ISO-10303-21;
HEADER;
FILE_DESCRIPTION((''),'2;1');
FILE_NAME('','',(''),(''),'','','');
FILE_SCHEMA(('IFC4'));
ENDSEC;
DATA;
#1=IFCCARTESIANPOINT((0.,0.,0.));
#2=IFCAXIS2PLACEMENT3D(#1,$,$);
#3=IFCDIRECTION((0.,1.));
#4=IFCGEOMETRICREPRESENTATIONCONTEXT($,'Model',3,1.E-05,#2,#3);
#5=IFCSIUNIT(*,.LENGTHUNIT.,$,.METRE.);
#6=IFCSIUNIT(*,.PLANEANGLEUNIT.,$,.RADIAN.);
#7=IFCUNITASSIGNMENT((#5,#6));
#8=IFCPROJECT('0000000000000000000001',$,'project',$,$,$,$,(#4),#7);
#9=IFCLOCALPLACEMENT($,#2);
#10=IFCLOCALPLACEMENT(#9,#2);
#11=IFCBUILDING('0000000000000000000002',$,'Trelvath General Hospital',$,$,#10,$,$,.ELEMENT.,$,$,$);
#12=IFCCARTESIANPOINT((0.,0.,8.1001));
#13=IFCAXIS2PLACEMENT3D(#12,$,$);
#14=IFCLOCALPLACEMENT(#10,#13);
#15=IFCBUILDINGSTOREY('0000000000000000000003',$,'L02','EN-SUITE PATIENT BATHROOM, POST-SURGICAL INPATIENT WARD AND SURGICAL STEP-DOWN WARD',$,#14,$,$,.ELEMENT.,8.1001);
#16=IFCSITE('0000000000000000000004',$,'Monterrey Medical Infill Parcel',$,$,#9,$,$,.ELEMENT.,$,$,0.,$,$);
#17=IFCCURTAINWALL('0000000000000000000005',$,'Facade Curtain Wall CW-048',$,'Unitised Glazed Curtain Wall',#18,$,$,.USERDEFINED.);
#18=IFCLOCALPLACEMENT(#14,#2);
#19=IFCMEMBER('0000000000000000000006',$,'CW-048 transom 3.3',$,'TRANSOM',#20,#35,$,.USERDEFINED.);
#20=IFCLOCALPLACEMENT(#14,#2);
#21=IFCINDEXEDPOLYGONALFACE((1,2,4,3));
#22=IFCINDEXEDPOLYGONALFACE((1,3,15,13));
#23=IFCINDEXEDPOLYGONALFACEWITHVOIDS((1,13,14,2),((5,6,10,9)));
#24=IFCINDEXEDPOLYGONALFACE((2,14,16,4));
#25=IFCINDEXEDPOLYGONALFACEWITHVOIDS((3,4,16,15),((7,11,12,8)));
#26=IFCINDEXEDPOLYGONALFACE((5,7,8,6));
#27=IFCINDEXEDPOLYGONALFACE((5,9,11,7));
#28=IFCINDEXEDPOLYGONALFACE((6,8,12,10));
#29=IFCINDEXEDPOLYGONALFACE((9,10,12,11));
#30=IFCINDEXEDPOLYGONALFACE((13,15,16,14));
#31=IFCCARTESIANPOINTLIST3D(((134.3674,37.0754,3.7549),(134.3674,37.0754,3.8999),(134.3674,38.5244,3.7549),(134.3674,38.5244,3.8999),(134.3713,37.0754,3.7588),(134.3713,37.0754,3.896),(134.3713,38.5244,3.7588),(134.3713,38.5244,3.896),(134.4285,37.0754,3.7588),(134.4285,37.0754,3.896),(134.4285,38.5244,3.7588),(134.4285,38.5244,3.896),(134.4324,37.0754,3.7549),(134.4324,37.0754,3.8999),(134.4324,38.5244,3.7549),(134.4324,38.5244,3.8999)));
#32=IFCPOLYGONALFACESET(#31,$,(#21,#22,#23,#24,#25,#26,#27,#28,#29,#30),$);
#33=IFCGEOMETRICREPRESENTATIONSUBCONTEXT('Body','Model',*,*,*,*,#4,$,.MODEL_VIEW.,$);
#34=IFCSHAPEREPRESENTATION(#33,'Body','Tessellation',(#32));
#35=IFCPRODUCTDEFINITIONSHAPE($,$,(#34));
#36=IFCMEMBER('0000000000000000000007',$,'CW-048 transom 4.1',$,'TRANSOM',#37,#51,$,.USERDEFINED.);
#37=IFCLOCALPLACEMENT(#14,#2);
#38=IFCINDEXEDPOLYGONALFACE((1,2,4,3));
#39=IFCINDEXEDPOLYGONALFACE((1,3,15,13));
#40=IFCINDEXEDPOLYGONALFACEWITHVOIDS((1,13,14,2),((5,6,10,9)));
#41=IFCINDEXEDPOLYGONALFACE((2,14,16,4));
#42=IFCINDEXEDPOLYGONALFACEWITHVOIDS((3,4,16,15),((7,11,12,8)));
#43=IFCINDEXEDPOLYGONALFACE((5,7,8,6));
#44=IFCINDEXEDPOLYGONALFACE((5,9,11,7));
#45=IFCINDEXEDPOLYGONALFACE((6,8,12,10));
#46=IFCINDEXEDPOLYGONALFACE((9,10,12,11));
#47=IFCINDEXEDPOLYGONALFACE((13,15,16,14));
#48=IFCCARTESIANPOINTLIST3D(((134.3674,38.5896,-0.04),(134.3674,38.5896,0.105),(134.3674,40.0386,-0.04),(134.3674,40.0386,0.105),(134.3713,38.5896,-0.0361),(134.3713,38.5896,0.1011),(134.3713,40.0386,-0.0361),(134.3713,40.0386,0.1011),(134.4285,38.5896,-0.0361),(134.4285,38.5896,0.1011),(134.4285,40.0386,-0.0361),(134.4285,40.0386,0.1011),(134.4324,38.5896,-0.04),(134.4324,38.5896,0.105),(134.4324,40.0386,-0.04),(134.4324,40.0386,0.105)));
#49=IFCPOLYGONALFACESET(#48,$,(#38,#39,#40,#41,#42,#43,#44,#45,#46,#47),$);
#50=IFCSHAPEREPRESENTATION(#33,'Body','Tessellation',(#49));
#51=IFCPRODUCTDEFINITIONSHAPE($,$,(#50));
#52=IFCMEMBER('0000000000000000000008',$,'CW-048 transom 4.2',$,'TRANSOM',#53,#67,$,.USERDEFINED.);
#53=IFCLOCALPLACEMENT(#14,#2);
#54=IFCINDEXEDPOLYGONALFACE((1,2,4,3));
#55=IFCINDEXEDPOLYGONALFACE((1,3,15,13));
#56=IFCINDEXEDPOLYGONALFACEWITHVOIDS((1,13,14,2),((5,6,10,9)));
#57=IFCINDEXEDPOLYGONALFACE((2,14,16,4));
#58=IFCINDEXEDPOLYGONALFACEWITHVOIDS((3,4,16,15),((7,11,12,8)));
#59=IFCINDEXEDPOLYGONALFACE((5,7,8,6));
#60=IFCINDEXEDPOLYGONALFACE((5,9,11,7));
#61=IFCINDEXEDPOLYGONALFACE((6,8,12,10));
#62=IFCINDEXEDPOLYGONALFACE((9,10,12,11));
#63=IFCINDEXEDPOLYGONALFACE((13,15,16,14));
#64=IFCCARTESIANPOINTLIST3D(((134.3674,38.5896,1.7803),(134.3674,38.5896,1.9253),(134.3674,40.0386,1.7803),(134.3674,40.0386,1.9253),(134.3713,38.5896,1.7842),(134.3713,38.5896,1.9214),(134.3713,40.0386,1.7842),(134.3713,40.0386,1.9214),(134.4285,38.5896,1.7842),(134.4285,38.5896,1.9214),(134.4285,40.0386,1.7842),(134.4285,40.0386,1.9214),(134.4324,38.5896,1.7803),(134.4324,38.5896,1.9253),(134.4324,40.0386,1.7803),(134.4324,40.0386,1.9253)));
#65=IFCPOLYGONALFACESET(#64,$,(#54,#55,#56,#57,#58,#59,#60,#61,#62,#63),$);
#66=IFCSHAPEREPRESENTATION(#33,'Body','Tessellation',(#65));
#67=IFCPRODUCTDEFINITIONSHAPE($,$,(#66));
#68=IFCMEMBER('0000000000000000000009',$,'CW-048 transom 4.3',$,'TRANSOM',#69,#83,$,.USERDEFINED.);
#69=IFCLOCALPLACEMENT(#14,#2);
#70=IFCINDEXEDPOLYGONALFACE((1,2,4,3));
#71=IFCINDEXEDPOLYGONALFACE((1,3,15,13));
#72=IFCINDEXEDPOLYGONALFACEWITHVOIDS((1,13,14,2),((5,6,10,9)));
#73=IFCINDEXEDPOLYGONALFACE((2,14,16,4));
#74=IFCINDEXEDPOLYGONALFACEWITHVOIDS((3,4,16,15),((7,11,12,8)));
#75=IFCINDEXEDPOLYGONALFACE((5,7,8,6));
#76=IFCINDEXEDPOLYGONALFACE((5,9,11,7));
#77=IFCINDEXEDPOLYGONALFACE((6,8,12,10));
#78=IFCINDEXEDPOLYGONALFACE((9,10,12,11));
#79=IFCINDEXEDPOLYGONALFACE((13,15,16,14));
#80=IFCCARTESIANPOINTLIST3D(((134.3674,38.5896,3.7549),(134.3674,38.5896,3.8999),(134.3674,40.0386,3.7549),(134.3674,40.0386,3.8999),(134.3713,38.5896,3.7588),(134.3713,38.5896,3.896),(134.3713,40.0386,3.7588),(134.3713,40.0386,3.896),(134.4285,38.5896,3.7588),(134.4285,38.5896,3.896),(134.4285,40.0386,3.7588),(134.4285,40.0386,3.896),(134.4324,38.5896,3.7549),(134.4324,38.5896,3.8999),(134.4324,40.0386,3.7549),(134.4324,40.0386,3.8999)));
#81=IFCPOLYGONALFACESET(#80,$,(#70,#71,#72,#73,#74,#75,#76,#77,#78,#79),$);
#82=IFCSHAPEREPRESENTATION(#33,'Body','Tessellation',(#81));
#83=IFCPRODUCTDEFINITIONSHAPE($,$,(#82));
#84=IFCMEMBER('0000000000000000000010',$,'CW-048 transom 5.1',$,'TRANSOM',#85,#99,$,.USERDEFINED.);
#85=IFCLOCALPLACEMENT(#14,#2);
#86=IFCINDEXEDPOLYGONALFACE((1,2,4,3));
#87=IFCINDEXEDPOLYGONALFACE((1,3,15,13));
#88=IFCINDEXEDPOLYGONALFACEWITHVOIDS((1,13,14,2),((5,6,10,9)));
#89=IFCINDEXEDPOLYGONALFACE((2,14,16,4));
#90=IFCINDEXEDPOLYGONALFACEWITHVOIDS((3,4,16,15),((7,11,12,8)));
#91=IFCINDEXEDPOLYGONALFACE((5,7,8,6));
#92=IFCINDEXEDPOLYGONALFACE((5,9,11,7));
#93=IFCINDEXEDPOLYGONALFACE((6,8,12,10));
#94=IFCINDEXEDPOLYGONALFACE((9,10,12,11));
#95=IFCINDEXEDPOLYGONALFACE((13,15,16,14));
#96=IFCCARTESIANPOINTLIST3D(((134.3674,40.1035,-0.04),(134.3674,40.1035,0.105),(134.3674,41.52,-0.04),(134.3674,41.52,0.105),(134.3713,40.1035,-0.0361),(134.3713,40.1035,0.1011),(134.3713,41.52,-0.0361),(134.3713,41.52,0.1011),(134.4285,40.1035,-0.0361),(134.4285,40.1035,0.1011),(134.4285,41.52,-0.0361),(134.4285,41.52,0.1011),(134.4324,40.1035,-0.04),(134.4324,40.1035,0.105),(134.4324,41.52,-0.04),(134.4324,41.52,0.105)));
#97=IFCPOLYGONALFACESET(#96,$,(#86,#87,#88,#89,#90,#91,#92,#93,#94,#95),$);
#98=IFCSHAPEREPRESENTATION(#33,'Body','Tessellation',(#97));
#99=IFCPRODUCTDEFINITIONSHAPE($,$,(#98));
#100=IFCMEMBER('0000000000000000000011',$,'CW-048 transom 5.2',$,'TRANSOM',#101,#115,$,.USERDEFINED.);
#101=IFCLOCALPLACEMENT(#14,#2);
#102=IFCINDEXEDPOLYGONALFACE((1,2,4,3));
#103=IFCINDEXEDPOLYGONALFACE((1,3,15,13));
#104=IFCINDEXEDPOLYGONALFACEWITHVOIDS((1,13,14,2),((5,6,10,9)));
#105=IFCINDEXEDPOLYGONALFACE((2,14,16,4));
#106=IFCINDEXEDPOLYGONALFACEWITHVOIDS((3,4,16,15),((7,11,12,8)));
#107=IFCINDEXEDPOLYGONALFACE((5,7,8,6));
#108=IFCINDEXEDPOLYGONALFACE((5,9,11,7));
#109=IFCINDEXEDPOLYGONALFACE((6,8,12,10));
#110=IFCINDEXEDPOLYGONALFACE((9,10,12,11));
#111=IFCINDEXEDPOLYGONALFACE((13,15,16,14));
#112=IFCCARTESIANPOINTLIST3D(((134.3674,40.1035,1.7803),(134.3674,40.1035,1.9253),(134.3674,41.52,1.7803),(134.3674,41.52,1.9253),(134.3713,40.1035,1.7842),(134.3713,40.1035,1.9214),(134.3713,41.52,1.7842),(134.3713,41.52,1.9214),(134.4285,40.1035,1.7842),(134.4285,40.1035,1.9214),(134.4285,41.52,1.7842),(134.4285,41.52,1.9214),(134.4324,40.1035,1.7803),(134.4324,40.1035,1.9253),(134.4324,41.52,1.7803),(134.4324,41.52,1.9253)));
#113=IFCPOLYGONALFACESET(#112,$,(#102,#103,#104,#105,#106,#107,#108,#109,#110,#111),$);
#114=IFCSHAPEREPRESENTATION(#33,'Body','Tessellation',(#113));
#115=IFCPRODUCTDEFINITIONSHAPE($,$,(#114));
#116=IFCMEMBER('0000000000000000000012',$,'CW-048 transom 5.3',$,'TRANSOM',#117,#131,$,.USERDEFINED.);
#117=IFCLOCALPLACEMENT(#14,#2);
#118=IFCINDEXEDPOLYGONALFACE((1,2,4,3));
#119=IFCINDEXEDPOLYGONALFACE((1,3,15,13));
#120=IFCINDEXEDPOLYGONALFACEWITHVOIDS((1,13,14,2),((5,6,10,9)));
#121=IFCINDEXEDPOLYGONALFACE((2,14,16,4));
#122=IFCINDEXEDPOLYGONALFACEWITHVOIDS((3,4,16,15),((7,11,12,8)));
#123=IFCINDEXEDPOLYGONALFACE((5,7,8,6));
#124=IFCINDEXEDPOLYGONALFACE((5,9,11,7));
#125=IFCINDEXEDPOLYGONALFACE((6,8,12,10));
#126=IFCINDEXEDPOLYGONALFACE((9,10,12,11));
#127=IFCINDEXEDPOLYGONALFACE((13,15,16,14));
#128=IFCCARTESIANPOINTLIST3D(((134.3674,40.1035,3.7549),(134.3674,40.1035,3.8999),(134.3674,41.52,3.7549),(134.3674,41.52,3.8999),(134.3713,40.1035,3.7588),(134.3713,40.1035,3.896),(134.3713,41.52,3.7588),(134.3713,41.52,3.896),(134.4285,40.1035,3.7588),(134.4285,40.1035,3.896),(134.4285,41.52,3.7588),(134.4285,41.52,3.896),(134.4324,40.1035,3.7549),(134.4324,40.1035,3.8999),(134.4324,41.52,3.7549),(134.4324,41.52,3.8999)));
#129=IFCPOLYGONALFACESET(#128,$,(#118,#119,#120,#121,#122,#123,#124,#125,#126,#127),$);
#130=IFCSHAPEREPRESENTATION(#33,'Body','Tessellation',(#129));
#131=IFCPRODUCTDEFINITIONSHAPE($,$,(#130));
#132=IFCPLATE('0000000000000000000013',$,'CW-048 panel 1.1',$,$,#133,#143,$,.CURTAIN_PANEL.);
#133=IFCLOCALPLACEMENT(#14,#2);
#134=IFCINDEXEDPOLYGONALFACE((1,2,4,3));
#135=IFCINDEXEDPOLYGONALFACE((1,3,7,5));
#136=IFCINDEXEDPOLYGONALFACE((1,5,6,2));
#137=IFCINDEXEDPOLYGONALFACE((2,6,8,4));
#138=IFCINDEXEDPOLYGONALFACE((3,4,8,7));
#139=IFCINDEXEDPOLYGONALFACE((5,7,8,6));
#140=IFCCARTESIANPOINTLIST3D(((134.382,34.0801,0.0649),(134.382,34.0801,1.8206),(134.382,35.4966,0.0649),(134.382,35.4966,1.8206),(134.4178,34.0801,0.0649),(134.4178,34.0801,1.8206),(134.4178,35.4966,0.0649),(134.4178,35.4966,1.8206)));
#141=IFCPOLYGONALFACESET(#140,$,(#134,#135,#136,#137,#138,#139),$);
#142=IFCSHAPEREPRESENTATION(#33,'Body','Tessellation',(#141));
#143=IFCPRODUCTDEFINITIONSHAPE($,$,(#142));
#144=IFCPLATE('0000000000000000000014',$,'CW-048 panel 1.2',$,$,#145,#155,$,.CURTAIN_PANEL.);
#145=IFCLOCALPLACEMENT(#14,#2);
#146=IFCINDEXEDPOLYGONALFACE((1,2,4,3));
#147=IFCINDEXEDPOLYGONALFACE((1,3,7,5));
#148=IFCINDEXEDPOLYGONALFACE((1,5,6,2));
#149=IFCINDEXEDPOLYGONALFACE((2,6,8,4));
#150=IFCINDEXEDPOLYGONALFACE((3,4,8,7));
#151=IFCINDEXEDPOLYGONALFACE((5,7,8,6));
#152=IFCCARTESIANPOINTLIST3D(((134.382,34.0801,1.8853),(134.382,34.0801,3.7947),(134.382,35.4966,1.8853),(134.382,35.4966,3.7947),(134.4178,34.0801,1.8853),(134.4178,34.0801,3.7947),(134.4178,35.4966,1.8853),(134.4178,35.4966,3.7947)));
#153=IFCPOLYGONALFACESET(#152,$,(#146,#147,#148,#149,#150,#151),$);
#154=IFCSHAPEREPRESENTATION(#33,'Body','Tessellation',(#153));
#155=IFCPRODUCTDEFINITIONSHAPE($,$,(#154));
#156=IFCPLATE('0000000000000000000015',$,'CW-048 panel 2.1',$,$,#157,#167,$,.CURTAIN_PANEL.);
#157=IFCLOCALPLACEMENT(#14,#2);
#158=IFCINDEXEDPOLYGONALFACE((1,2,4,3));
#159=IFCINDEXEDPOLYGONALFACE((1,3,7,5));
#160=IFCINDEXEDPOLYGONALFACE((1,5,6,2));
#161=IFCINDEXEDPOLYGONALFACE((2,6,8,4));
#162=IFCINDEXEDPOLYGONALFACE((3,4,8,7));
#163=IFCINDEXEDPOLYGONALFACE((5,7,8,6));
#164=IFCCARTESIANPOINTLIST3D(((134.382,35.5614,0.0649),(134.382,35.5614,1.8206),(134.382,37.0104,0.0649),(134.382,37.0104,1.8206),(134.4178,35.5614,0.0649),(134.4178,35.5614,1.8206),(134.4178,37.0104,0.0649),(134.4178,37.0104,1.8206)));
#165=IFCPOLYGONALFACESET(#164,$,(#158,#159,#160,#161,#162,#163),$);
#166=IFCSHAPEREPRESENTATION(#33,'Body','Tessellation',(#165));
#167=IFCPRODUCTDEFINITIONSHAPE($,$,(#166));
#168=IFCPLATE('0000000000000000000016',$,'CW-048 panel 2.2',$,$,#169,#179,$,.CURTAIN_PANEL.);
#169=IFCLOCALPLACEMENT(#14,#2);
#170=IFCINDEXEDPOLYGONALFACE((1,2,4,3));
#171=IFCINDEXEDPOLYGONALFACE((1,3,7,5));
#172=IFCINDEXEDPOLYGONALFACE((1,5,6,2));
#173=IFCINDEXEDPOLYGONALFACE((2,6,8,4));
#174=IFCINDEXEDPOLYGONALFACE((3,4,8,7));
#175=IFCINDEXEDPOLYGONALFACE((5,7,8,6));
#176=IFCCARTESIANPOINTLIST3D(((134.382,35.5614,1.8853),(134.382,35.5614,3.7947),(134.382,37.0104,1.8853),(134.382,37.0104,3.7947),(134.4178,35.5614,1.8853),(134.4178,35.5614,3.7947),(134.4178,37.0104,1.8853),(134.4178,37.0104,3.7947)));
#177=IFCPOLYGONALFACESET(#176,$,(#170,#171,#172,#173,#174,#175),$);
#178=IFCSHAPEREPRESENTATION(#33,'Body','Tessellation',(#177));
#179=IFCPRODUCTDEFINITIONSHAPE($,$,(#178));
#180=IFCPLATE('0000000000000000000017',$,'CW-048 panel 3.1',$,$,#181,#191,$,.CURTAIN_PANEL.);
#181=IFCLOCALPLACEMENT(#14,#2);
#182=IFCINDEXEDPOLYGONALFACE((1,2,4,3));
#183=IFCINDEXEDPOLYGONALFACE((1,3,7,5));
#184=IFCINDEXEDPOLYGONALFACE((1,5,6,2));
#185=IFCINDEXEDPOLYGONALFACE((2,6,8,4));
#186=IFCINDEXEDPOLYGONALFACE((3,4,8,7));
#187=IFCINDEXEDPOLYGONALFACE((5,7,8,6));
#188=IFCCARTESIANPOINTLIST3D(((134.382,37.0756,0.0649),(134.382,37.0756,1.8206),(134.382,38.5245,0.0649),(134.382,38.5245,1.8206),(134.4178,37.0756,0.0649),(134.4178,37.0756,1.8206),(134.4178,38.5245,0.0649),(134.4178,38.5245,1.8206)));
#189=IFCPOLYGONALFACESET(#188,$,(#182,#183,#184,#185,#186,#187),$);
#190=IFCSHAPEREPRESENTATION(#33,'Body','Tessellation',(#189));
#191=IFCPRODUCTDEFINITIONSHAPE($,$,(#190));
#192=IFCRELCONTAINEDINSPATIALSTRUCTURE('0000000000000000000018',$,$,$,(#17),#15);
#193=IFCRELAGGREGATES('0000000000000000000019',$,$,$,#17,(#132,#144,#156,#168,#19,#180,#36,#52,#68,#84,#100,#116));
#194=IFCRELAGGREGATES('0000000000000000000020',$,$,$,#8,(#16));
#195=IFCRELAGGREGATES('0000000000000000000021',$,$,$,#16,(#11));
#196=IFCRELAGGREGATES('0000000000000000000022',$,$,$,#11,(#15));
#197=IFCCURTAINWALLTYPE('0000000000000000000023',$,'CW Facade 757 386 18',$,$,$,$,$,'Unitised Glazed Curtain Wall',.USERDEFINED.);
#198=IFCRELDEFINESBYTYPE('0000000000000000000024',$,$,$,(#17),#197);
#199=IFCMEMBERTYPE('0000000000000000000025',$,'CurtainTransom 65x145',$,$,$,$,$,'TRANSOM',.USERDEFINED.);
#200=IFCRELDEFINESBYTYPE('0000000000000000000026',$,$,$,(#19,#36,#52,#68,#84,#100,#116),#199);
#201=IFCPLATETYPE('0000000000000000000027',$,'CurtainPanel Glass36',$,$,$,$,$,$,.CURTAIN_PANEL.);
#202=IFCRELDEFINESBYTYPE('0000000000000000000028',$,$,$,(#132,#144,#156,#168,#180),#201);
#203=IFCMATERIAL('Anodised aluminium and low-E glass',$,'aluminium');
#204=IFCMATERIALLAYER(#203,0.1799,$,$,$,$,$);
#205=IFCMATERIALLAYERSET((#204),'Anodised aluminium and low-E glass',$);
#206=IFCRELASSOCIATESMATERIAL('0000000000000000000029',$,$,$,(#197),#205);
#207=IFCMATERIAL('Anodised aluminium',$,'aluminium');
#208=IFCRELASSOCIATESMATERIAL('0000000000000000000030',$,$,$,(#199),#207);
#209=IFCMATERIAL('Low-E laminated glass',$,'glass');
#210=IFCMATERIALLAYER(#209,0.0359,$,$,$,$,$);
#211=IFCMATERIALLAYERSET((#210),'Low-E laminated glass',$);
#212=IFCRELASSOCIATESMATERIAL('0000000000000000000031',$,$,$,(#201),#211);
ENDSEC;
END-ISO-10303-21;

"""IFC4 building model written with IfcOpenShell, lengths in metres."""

from ifc_helpers import new_model, si_unit, direction, frame, origin, origin_2d, place, context, subcontext, project, spatial, rectangle, hollow_rectangle, extrude, material, layer, layer_set, material_profile, profile_set, type_object, element, aggregate, save


model = new_model("IFC4")

# Units and contexts
model_context = context("Model", 3, precision=1e-05, world=origin(), true_north=direction((0.0, 1.0)))
body_context = subcontext(model_context, "Body", "Model", "MODEL_VIEW")
ifc_project = project(units=[si_unit("LENGTHUNIT", "METRE"), si_unit("PLANEANGLEUNIT", "RADIAN")], contexts=[model_context])

# Site, building, storey
site_placement = place(None, origin())
site = spatial("IfcSite", under=ifc_project, at=site_placement, Name="Monterrey Medical Infill Parcel", CompositionType="ELEMENT", RefElevation=0.0)
building_placement = place(site_placement, origin())
building = spatial("IfcBuilding", under=site, at=building_placement, Name="Trelvath General Hospital", CompositionType="ELEMENT")
storey_placement = place(building_placement, frame((0.0, 0.0, 8.1001)))
storey = spatial("IfcBuildingStorey", under=building, at=storey_placement, Name="L02", Description="EN-SUITE PATIENT BATHROOM, POST-SURGICAL INPATIENT WARD AND SURGICAL STEP-DOWN WARD", CompositionType="ELEMENT", Elevation=8.1001)

# Curtain wall, members, plates
ifc_material_1 = material(Name="Anodised aluminium and low-E glass", Category="aluminium")
ifc_layer_1 = layer(ifc_material_1, 0.1799)
ifc_layer_set_1 = layer_set([ifc_layer_1], Name="Anodised aluminium and low-E glass")
curtain_wall_type = type_object("IfcCurtainWallType", Name="CW Facade 757 386 18", ElementType="Unitised Glazed Curtain Wall", PredefinedType="USERDEFINED", material=ifc_layer_set_1)
curtain_wall_placement = place(storey_placement, origin())
curtain_wall = element("IfcCurtainWall", 1, at=curtain_wall_placement, inside=storey, type_object=curtain_wall_type, Name="Facade Curtain Wall CW-048", ObjectType="Unitised Glazed Curtain Wall", PredefinedType="USERDEFINED")
ifc_material_2 = material(Name="Anodised aluminium", Category="aluminium")
ifc_material_profile_1 = material_profile(ifc_material_2, hollow_rectangle(XDim=0.0649, YDim=0.145, WallThickness=0.0039, at=origin_2d()), Name="RHS65x145x4")
ifc_profile_set_1 = profile_set([ifc_material_profile_1], Name="Anodised aluminium")
member_type_1 = type_object("IfcMemberType", Name="CurtainTransom 65x145", ElementType="TRANSOM", PredefinedType="USERDEFINED", material=ifc_profile_set_1)
member_1_placement = place(storey_placement, frame((134.3999, 37.0754, 3.8274), z_axis=(0.0, 1.0, 0.0), x_axis=(-1.0, 0.0, 0.0)))
member_1 = element("IfcMember", 2, at=member_1_placement, type_object=member_type_1, Name="CW-048 transom 3.3", ObjectType="TRANSOM", PredefinedType="USERDEFINED", context=body_context, shape_type="SweptSolid", body=[
    extrude(hollow_rectangle(XDim=0.0649, YDim=0.145, WallThickness=0.0039, at=origin_2d()), origin(), (0.0, 0.0, 1.0), 1.449),
])
member_2_placement = place(storey_placement, frame((134.3999, 38.5896, 0.0325), z_axis=(0.0, 1.0, 0.0), x_axis=(-1.0, 0.0, 0.0)))
member_2 = element("IfcMember", 3, at=member_2_placement, type_object=member_type_1, Name="CW-048 transom 4.1", ObjectType="TRANSOM", PredefinedType="USERDEFINED", context=body_context, shape_type="SweptSolid", body=[
    extrude(hollow_rectangle(XDim=0.0649, YDim=0.145, WallThickness=0.0039, at=origin_2d()), origin(), (0.0, 0.0, 1.0), 1.449),
])
member_3_placement = place(storey_placement, frame((134.3999, 38.5896, 1.8528), z_axis=(0.0, 1.0, 0.0), x_axis=(-1.0, 0.0, 0.0)))
member_3 = element("IfcMember", 4, at=member_3_placement, type_object=member_type_1, Name="CW-048 transom 4.2", ObjectType="TRANSOM", PredefinedType="USERDEFINED", context=body_context, shape_type="SweptSolid", body=[
    extrude(hollow_rectangle(XDim=0.0649, YDim=0.145, WallThickness=0.0039, at=origin_2d()), origin(), (0.0, 0.0, 1.0), 1.449),
])
member_4_placement = place(storey_placement, frame((134.3999, 38.5896, 3.8274), z_axis=(0.0, 1.0, 0.0), x_axis=(-1.0, 0.0, 0.0)))
member_4 = element("IfcMember", 5, at=member_4_placement, type_object=member_type_1, Name="CW-048 transom 4.3", ObjectType="TRANSOM", PredefinedType="USERDEFINED", context=body_context, shape_type="SweptSolid", body=[
    extrude(hollow_rectangle(XDim=0.0649, YDim=0.145, WallThickness=0.0039, at=origin_2d()), origin(), (0.0, 0.0, 1.0), 1.449),
])
member_5_placement = place(storey_placement, frame((134.3999, 40.1035, 0.0325), z_axis=(0.0, 1.0, 0.0), x_axis=(-1.0, 0.0, 0.0)))
member_5 = element("IfcMember", 6, at=member_5_placement, type_object=member_type_1, Name="CW-048 transom 5.1", ObjectType="TRANSOM", PredefinedType="USERDEFINED", context=body_context, shape_type="SweptSolid", body=[
    extrude(hollow_rectangle(XDim=0.0649, YDim=0.145, WallThickness=0.0039, at=origin_2d()), origin(), (0.0, 0.0, 1.0), 1.4165),
])
member_6_placement = place(storey_placement, frame((134.3999, 40.1035, 1.8528), z_axis=(0.0, 1.0, 0.0), x_axis=(-1.0, 0.0, 0.0)))
member_6 = element("IfcMember", 7, at=member_6_placement, type_object=member_type_1, Name="CW-048 transom 5.2", ObjectType="TRANSOM", PredefinedType="USERDEFINED", context=body_context, shape_type="SweptSolid", body=[
    extrude(hollow_rectangle(XDim=0.0649, YDim=0.145, WallThickness=0.0039, at=origin_2d()), origin(), (0.0, 0.0, 1.0), 1.4165),
])
member_7_placement = place(storey_placement, frame((134.3999, 40.1035, 3.8274), z_axis=(0.0, 1.0, 0.0), x_axis=(-1.0, 0.0, 0.0)))
member_7 = element("IfcMember", 8, at=member_7_placement, type_object=member_type_1, Name="CW-048 transom 5.3", ObjectType="TRANSOM", PredefinedType="USERDEFINED", context=body_context, shape_type="SweptSolid", body=[
    extrude(hollow_rectangle(XDim=0.0649, YDim=0.145, WallThickness=0.0039, at=origin_2d()), origin(), (0.0, 0.0, 1.0), 1.4165),
])
ifc_material_3 = material(Name="Low-E laminated glass", Category="glass")
ifc_layer_2 = layer(ifc_material_3, 0.0359)
ifc_layer_set_2 = layer_set([ifc_layer_2], Name="Low-E laminated glass")
plate_type = type_object("IfcPlateType", Name="CurtainPanel Glass36", PredefinedType="CURTAIN_PANEL", material=ifc_layer_set_2)
plate_1_placement = place(storey_placement, frame((134.3999, 34.7883, 0.0649), z_axis=(0.0, 0.0, 1.0), x_axis=(0.0, 1.0, 0.0)))
plate_1 = element("IfcPlate", 9, at=plate_1_placement, type_object=plate_type, Name="CW-048 panel 1.1", PredefinedType="CURTAIN_PANEL", context=body_context, shape_type="SweptSolid", body=[
    extrude(rectangle(XDim=1.4165, YDim=0.0359, at=origin_2d()), origin(), (0.0, 0.0, 1.0), 1.7556),
])
plate_2_placement = place(storey_placement, frame((134.3999, 34.7883, 1.8853), z_axis=(0.0, 0.0, 1.0), x_axis=(0.0, 1.0, 0.0)))
plate_2 = element("IfcPlate", 10, at=plate_2_placement, type_object=plate_type, Name="CW-048 panel 1.2", PredefinedType="CURTAIN_PANEL", context=body_context, shape_type="SweptSolid", body=[
    extrude(rectangle(XDim=1.4165, YDim=0.0359, at=origin_2d()), origin(), (0.0, 0.0, 1.0), 1.9094),
])
plate_3_placement = place(storey_placement, frame((134.3999, 36.2859, 0.0649), z_axis=(0.0, 0.0, 1.0), x_axis=(0.0, 1.0, 0.0)))
plate_3 = element("IfcPlate", 11, at=plate_3_placement, type_object=plate_type, Name="CW-048 panel 2.1", PredefinedType="CURTAIN_PANEL", context=body_context, shape_type="SweptSolid", body=[
    extrude(rectangle(XDim=1.449, YDim=0.0359, at=origin_2d()), origin(), (0.0, 0.0, 1.0), 1.7556),
])
plate_4_placement = place(storey_placement, frame((134.3999, 36.2859, 1.8853), z_axis=(0.0, 0.0, 1.0), x_axis=(0.0, 1.0, 0.0)))
plate_4 = element("IfcPlate", 12, at=plate_4_placement, type_object=plate_type, Name="CW-048 panel 2.2", PredefinedType="CURTAIN_PANEL", context=body_context, shape_type="SweptSolid", body=[
    extrude(rectangle(XDim=1.449, YDim=0.0359, at=origin_2d()), origin(), (0.0, 0.0, 1.0), 1.9094),
])
plate_5_placement = place(storey_placement, frame((134.3999, 37.8, 0.0649), z_axis=(0.0, 0.0, 1.0), x_axis=(0.0, 1.0, 0.0)))
plate_5 = element("IfcPlate", 13, at=plate_5_placement, type_object=plate_type, Name="CW-048 panel 3.1", PredefinedType="CURTAIN_PANEL", context=body_context, shape_type="SweptSolid", body=[
    extrude(rectangle(XDim=1.449, YDim=0.0359, at=origin_2d()), origin(), (0.0, 0.0, 1.0), 1.7556),
])
aggregate(curtain_wall, [plate_1, plate_2, plate_3, plate_4, member_1, plate_5, member_2, member_3, member_4, member_5, member_6, member_7])

save(model, "model.ifc")
